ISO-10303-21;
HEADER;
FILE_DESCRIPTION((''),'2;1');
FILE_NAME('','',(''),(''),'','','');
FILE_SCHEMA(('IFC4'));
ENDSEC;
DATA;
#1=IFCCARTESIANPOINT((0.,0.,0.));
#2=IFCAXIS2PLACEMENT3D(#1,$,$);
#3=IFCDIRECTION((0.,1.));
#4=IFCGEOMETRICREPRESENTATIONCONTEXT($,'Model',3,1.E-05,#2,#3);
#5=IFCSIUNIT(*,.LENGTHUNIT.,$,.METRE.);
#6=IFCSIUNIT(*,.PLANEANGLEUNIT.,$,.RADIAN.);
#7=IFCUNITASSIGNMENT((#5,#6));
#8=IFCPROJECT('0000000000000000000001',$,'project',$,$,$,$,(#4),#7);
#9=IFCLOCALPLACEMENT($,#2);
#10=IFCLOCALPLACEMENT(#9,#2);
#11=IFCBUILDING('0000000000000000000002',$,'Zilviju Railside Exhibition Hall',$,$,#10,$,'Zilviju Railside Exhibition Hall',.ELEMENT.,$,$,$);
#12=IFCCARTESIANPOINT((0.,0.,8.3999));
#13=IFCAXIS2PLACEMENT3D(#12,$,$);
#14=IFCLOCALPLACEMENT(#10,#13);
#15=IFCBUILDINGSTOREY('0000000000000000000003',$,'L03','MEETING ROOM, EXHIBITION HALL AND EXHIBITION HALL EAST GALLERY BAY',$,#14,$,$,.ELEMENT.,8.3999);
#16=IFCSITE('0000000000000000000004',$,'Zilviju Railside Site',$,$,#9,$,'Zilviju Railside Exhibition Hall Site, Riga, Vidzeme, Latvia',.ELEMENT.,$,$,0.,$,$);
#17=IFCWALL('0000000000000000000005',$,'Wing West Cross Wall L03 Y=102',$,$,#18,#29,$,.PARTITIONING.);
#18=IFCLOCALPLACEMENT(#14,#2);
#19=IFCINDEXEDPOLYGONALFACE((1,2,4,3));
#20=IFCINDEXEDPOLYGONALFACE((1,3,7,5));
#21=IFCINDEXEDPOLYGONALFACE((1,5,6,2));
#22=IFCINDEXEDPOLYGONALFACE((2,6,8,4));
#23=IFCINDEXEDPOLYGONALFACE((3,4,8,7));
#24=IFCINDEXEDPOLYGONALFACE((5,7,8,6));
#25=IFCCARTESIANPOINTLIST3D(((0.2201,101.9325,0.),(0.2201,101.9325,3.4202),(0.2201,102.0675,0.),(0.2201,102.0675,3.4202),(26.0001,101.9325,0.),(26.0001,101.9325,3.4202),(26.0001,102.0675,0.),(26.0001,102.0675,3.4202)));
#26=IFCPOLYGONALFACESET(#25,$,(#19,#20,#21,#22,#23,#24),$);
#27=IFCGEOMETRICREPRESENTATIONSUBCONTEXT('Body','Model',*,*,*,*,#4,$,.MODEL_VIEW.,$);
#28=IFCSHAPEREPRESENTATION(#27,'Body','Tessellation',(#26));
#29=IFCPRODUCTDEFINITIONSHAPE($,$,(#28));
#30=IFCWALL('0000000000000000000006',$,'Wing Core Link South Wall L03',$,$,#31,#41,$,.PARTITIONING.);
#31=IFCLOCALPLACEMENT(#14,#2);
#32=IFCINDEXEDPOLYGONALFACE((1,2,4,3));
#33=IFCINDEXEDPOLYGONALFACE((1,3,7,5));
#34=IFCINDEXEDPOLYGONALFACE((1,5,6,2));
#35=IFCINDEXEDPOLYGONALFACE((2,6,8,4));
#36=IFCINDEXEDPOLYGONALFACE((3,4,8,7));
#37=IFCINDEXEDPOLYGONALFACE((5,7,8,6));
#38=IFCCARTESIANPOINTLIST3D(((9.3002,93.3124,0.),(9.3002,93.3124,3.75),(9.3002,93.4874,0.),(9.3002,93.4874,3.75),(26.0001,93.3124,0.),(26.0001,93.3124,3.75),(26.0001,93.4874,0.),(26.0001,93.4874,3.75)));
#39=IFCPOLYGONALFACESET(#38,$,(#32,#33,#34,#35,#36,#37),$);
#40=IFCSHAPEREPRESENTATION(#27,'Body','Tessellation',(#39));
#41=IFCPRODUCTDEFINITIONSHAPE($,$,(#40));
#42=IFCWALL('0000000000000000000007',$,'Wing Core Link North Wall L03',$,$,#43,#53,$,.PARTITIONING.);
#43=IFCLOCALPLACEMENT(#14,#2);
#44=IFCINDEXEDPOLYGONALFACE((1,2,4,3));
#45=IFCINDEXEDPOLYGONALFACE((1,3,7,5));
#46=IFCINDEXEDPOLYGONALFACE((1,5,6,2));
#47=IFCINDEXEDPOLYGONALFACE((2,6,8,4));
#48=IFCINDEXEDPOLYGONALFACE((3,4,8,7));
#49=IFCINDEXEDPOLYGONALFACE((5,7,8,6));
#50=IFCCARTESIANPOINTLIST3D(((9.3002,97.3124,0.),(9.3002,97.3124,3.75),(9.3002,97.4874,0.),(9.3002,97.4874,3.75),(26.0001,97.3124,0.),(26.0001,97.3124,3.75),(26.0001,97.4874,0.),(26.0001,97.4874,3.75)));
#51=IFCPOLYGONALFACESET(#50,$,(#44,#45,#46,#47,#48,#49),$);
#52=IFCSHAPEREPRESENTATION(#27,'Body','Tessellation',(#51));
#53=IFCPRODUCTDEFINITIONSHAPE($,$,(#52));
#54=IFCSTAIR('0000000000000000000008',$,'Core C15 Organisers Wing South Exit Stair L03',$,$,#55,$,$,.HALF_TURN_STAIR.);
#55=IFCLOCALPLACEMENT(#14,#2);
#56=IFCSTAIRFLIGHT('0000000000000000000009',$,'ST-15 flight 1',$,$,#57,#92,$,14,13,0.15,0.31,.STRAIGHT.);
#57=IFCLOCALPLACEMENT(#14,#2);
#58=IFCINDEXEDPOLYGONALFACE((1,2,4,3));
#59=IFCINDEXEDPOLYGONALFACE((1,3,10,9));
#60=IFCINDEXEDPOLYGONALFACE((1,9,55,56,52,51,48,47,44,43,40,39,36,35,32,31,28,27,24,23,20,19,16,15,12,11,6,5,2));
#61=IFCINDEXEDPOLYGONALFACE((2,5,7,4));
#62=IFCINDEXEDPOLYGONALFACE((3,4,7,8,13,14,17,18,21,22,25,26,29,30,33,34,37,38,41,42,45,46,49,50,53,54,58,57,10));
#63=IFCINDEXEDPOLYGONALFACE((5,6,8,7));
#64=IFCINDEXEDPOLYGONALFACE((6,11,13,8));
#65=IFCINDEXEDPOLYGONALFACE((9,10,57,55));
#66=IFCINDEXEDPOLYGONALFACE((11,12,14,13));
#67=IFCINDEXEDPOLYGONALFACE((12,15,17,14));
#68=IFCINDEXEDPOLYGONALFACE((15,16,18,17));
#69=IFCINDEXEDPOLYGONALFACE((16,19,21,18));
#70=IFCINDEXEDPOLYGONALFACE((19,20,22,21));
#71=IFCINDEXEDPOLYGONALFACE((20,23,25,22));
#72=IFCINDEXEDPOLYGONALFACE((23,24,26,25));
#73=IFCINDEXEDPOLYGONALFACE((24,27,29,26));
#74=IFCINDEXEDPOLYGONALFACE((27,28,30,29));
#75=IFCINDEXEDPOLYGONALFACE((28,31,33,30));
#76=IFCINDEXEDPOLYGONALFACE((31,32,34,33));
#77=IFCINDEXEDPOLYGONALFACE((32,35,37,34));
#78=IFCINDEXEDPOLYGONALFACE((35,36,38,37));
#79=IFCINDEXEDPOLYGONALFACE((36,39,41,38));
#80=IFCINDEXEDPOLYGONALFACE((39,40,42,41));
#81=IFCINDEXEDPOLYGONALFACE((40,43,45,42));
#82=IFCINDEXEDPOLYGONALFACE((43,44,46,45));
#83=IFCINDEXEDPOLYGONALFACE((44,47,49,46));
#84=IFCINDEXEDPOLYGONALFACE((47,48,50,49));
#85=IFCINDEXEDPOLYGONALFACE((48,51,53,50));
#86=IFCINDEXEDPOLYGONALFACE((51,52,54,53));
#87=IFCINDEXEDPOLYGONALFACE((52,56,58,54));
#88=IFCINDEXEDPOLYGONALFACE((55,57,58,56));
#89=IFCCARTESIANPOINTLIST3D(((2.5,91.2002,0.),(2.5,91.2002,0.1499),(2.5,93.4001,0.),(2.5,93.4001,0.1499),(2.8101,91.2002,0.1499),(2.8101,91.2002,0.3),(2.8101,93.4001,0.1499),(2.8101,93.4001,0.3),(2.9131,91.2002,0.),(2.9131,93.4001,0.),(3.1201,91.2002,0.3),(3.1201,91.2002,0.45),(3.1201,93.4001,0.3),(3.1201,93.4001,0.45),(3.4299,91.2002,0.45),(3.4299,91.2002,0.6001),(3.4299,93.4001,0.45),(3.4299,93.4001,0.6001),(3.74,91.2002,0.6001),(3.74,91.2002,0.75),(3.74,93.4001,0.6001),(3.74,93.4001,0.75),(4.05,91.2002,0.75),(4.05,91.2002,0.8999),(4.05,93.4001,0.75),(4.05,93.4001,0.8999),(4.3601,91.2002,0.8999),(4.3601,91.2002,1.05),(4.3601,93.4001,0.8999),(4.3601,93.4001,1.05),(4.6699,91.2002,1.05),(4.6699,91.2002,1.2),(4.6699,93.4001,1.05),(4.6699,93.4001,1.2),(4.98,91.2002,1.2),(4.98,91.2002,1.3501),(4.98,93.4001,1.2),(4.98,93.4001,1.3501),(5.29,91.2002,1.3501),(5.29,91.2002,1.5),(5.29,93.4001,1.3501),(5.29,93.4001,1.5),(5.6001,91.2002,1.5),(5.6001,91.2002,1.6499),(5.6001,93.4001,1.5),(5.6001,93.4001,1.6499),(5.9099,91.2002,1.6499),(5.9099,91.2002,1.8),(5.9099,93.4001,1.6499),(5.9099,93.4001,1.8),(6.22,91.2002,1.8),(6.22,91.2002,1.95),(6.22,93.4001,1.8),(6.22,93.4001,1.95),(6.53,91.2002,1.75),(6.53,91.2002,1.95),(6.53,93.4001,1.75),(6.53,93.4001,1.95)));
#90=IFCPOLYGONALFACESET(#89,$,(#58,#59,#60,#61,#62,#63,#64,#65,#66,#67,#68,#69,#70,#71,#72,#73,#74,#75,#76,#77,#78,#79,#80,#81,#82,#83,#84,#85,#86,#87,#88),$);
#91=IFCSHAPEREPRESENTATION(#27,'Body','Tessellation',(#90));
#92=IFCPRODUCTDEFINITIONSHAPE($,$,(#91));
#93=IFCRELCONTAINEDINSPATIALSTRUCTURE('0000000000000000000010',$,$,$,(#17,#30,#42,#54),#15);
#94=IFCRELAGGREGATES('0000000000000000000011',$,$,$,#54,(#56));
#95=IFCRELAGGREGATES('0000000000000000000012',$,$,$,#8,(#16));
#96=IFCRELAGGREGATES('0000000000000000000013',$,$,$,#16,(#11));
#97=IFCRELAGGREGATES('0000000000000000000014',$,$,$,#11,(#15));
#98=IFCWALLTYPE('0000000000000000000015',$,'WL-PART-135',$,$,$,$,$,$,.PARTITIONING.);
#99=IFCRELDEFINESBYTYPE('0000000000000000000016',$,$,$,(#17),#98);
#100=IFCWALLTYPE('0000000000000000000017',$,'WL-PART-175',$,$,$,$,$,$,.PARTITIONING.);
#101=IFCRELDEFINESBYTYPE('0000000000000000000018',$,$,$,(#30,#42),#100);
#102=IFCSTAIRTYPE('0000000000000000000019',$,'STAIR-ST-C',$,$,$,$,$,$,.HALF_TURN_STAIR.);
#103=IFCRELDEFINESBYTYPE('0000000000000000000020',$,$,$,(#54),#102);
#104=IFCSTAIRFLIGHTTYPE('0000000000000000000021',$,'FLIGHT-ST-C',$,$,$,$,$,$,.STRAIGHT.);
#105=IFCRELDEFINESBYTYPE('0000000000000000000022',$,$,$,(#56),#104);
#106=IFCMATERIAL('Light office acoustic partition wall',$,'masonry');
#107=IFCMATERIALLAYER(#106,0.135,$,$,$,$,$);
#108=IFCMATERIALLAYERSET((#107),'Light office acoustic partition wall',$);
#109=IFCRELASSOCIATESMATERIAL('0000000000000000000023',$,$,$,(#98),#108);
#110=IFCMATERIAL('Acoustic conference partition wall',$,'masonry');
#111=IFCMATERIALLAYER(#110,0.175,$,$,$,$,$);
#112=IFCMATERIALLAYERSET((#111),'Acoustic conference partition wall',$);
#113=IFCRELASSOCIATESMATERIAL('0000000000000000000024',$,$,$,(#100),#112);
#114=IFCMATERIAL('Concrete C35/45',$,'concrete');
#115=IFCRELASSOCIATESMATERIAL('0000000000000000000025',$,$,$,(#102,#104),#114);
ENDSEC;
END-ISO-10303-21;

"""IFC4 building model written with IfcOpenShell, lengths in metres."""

from ifc_helpers import new_model, si_unit, direction, frame, frame_2d, origin, place, context, subcontext, project, spatial, polyline, rectangle, outline, extrude, material, layer, layer_set, type_object, element, aggregate, save


model = new_model("IFC4")

# Units and contexts
model_context = context("Model", 3, precision=1e-05, world=origin(), true_north=direction((0.0, 1.0)))
body_context = subcontext(model_context, "Body", "Model", "MODEL_VIEW")
ifc_project = project(units=[si_unit("LENGTHUNIT", "METRE"), si_unit("PLANEANGLEUNIT", "RADIAN")], contexts=[model_context])

# Site, building, storey
site_placement = place(None, origin())
site = spatial("IfcSite", under=ifc_project, at=site_placement, Name="Zilviju Railside Site", LongName="Zilviju Railside Exhibition Hall Site, Riga, Vidzeme, Latvia", CompositionType="ELEMENT", RefElevation=0.0)
building_placement = place(site_placement, origin())
building = spatial("IfcBuilding", under=site, at=building_placement, Name="Zilviju Railside Exhibition Hall", LongName="Zilviju Railside Exhibition Hall", CompositionType="ELEMENT")
storey_placement = place(building_placement, frame((0.0, 0.0, 8.3999)))
storey = spatial("IfcBuildingStorey", under=building, at=storey_placement, Name="L03", Description="MEETING ROOM, EXHIBITION HALL AND EXHIBITION HALL EAST GALLERY BAY", CompositionType="ELEMENT", Elevation=8.3999)

# Shared definitions
ifc_material_1 = material(Name="Concrete C35/45", Category="concrete")

# Walls
ifc_material_2 = material(Name="Light office acoustic partition wall", Category="masonry")
ifc_layer_1 = layer(ifc_material_2, 0.135)
ifc_layer_set_1 = layer_set([ifc_layer_1], Name="Light office acoustic partition wall")
wall_type_1 = type_object("IfcWallType", Name="WL-PART-135", PredefinedType="PARTITIONING", material=ifc_layer_set_1)
wall_1_placement = place(storey_placement, frame((0.22, 102.0, 0.0), z_axis=(0.0, 0.0, 1.0), x_axis=(1.0, 0.0, 0.0)))
element("IfcWall", 1, at=wall_1_placement, inside=storey, type_object=wall_type_1, Name="Wing West Cross Wall L03 Y=102", PredefinedType="PARTITIONING", context=body_context, shape_type="SweptSolid", body=[
    extrude(rectangle(XDim=25.78, YDim=0.135, at=frame_2d((12.8901, 0.0))), origin(), (0.0, 0.0, 1.0), 3.4202),
])
ifc_material_3 = material(Name="Acoustic conference partition wall", Category="masonry")
ifc_layer_2 = layer(ifc_material_3, 0.175)
ifc_layer_set_2 = layer_set([ifc_layer_2], Name="Acoustic conference partition wall")
wall_type_2 = type_object("IfcWallType", Name="WL-PART-175", PredefinedType="PARTITIONING", material=ifc_layer_set_2)
for number, where, z_axis, x_axis, name in (
    (2, (9.3, 93.3999, 0.0), (0.0, 0.0, 1.0), (1.0, 0.0, 0.0), "Wing Core Link South Wall L03"),
    (3, (9.3, 97.3999, 0.0), (0.0, 0.0, 1.0), (1.0, 0.0, 0.0), "Wing Core Link North Wall L03"),
):
    element("IfcWall", number, at=place(storey_placement, frame(where, z_axis=z_axis, x_axis=x_axis)), inside=storey, type_object=wall_type_2, Name=name, PredefinedType="PARTITIONING", context=body_context, shape_type="SweptSolid", body=[
        extrude(rectangle(XDim=16.7, YDim=0.175, at=frame_2d((8.3501, 0.0))), origin(), (0.0, 0.0, 1.0), 3.75),
    ])

# Stair, stair flight
stair_type = type_object("IfcStairType", Name="STAIR-ST-C", PredefinedType="HALF_TURN_STAIR", material=ifc_material_1)
stair_placement = place(storey_placement, origin())
stair = element("IfcStair", 4, at=stair_placement, inside=storey, type_object=stair_type, Name="Core C15 Organisers Wing South Exit Stair L03", PredefinedType="HALF_TURN_STAIR")
stair_flight_type = type_object("IfcStairFlightType", Name="FLIGHT-ST-C", PredefinedType="STRAIGHT", material=ifc_material_1)
stair_flight_placement = place(storey_placement, frame((2.5, 92.3, 0.0), z_axis=(0.0, 0.0, 1.0), x_axis=(1.0, 0.0, 0.0)))
stair_flight = element("IfcStairFlight", 5, at=stair_flight_placement, type_object=stair_flight_type, Name="ST-15 flight 1", NumberOfRisers=14, NumberOfTreads=13, PredefinedType="STRAIGHT", RiserHeight=0.15, TreadLength=0.31, context=body_context, shape_type="SweptSolid", body=[
    extrude(outline(polyline([(0.0, 0.0), (0.0, 0.1499), (0.3101, 0.1499), (0.3101, 0.3), (0.6201, 0.3), (0.6201, 0.45), (0.9299, 0.45), (0.9299, 0.6001), (1.24, 0.6001), (1.24, 0.75), (1.55, 0.75), (1.55, 0.8999), (1.8601, 0.8999), (1.8601, 1.05), (2.1699, 1.05), (2.1699, 1.2), (2.48, 1.2), (2.48, 1.3501), (2.79, 1.3501), (2.79, 1.5), (3.1001, 1.5), (3.1001, 1.6499), (3.4099, 1.6499), (3.4099, 1.8), (3.72, 1.8), (3.72, 1.95), (4.03, 1.95), (4.03, 2.1001), (4.03, 1.75), (0.4131, 0.0), (0.0, 0.0)])), frame((0.0, 1.1001, 0.0), z_axis=(0.0, -1.0, 0.0), x_axis=(1.0, 0.0, 0.0)), (0.0, 0.0, 1.0), 2.2),
])
aggregate(stair, [stair_flight])

save(model, "model.ifc")
